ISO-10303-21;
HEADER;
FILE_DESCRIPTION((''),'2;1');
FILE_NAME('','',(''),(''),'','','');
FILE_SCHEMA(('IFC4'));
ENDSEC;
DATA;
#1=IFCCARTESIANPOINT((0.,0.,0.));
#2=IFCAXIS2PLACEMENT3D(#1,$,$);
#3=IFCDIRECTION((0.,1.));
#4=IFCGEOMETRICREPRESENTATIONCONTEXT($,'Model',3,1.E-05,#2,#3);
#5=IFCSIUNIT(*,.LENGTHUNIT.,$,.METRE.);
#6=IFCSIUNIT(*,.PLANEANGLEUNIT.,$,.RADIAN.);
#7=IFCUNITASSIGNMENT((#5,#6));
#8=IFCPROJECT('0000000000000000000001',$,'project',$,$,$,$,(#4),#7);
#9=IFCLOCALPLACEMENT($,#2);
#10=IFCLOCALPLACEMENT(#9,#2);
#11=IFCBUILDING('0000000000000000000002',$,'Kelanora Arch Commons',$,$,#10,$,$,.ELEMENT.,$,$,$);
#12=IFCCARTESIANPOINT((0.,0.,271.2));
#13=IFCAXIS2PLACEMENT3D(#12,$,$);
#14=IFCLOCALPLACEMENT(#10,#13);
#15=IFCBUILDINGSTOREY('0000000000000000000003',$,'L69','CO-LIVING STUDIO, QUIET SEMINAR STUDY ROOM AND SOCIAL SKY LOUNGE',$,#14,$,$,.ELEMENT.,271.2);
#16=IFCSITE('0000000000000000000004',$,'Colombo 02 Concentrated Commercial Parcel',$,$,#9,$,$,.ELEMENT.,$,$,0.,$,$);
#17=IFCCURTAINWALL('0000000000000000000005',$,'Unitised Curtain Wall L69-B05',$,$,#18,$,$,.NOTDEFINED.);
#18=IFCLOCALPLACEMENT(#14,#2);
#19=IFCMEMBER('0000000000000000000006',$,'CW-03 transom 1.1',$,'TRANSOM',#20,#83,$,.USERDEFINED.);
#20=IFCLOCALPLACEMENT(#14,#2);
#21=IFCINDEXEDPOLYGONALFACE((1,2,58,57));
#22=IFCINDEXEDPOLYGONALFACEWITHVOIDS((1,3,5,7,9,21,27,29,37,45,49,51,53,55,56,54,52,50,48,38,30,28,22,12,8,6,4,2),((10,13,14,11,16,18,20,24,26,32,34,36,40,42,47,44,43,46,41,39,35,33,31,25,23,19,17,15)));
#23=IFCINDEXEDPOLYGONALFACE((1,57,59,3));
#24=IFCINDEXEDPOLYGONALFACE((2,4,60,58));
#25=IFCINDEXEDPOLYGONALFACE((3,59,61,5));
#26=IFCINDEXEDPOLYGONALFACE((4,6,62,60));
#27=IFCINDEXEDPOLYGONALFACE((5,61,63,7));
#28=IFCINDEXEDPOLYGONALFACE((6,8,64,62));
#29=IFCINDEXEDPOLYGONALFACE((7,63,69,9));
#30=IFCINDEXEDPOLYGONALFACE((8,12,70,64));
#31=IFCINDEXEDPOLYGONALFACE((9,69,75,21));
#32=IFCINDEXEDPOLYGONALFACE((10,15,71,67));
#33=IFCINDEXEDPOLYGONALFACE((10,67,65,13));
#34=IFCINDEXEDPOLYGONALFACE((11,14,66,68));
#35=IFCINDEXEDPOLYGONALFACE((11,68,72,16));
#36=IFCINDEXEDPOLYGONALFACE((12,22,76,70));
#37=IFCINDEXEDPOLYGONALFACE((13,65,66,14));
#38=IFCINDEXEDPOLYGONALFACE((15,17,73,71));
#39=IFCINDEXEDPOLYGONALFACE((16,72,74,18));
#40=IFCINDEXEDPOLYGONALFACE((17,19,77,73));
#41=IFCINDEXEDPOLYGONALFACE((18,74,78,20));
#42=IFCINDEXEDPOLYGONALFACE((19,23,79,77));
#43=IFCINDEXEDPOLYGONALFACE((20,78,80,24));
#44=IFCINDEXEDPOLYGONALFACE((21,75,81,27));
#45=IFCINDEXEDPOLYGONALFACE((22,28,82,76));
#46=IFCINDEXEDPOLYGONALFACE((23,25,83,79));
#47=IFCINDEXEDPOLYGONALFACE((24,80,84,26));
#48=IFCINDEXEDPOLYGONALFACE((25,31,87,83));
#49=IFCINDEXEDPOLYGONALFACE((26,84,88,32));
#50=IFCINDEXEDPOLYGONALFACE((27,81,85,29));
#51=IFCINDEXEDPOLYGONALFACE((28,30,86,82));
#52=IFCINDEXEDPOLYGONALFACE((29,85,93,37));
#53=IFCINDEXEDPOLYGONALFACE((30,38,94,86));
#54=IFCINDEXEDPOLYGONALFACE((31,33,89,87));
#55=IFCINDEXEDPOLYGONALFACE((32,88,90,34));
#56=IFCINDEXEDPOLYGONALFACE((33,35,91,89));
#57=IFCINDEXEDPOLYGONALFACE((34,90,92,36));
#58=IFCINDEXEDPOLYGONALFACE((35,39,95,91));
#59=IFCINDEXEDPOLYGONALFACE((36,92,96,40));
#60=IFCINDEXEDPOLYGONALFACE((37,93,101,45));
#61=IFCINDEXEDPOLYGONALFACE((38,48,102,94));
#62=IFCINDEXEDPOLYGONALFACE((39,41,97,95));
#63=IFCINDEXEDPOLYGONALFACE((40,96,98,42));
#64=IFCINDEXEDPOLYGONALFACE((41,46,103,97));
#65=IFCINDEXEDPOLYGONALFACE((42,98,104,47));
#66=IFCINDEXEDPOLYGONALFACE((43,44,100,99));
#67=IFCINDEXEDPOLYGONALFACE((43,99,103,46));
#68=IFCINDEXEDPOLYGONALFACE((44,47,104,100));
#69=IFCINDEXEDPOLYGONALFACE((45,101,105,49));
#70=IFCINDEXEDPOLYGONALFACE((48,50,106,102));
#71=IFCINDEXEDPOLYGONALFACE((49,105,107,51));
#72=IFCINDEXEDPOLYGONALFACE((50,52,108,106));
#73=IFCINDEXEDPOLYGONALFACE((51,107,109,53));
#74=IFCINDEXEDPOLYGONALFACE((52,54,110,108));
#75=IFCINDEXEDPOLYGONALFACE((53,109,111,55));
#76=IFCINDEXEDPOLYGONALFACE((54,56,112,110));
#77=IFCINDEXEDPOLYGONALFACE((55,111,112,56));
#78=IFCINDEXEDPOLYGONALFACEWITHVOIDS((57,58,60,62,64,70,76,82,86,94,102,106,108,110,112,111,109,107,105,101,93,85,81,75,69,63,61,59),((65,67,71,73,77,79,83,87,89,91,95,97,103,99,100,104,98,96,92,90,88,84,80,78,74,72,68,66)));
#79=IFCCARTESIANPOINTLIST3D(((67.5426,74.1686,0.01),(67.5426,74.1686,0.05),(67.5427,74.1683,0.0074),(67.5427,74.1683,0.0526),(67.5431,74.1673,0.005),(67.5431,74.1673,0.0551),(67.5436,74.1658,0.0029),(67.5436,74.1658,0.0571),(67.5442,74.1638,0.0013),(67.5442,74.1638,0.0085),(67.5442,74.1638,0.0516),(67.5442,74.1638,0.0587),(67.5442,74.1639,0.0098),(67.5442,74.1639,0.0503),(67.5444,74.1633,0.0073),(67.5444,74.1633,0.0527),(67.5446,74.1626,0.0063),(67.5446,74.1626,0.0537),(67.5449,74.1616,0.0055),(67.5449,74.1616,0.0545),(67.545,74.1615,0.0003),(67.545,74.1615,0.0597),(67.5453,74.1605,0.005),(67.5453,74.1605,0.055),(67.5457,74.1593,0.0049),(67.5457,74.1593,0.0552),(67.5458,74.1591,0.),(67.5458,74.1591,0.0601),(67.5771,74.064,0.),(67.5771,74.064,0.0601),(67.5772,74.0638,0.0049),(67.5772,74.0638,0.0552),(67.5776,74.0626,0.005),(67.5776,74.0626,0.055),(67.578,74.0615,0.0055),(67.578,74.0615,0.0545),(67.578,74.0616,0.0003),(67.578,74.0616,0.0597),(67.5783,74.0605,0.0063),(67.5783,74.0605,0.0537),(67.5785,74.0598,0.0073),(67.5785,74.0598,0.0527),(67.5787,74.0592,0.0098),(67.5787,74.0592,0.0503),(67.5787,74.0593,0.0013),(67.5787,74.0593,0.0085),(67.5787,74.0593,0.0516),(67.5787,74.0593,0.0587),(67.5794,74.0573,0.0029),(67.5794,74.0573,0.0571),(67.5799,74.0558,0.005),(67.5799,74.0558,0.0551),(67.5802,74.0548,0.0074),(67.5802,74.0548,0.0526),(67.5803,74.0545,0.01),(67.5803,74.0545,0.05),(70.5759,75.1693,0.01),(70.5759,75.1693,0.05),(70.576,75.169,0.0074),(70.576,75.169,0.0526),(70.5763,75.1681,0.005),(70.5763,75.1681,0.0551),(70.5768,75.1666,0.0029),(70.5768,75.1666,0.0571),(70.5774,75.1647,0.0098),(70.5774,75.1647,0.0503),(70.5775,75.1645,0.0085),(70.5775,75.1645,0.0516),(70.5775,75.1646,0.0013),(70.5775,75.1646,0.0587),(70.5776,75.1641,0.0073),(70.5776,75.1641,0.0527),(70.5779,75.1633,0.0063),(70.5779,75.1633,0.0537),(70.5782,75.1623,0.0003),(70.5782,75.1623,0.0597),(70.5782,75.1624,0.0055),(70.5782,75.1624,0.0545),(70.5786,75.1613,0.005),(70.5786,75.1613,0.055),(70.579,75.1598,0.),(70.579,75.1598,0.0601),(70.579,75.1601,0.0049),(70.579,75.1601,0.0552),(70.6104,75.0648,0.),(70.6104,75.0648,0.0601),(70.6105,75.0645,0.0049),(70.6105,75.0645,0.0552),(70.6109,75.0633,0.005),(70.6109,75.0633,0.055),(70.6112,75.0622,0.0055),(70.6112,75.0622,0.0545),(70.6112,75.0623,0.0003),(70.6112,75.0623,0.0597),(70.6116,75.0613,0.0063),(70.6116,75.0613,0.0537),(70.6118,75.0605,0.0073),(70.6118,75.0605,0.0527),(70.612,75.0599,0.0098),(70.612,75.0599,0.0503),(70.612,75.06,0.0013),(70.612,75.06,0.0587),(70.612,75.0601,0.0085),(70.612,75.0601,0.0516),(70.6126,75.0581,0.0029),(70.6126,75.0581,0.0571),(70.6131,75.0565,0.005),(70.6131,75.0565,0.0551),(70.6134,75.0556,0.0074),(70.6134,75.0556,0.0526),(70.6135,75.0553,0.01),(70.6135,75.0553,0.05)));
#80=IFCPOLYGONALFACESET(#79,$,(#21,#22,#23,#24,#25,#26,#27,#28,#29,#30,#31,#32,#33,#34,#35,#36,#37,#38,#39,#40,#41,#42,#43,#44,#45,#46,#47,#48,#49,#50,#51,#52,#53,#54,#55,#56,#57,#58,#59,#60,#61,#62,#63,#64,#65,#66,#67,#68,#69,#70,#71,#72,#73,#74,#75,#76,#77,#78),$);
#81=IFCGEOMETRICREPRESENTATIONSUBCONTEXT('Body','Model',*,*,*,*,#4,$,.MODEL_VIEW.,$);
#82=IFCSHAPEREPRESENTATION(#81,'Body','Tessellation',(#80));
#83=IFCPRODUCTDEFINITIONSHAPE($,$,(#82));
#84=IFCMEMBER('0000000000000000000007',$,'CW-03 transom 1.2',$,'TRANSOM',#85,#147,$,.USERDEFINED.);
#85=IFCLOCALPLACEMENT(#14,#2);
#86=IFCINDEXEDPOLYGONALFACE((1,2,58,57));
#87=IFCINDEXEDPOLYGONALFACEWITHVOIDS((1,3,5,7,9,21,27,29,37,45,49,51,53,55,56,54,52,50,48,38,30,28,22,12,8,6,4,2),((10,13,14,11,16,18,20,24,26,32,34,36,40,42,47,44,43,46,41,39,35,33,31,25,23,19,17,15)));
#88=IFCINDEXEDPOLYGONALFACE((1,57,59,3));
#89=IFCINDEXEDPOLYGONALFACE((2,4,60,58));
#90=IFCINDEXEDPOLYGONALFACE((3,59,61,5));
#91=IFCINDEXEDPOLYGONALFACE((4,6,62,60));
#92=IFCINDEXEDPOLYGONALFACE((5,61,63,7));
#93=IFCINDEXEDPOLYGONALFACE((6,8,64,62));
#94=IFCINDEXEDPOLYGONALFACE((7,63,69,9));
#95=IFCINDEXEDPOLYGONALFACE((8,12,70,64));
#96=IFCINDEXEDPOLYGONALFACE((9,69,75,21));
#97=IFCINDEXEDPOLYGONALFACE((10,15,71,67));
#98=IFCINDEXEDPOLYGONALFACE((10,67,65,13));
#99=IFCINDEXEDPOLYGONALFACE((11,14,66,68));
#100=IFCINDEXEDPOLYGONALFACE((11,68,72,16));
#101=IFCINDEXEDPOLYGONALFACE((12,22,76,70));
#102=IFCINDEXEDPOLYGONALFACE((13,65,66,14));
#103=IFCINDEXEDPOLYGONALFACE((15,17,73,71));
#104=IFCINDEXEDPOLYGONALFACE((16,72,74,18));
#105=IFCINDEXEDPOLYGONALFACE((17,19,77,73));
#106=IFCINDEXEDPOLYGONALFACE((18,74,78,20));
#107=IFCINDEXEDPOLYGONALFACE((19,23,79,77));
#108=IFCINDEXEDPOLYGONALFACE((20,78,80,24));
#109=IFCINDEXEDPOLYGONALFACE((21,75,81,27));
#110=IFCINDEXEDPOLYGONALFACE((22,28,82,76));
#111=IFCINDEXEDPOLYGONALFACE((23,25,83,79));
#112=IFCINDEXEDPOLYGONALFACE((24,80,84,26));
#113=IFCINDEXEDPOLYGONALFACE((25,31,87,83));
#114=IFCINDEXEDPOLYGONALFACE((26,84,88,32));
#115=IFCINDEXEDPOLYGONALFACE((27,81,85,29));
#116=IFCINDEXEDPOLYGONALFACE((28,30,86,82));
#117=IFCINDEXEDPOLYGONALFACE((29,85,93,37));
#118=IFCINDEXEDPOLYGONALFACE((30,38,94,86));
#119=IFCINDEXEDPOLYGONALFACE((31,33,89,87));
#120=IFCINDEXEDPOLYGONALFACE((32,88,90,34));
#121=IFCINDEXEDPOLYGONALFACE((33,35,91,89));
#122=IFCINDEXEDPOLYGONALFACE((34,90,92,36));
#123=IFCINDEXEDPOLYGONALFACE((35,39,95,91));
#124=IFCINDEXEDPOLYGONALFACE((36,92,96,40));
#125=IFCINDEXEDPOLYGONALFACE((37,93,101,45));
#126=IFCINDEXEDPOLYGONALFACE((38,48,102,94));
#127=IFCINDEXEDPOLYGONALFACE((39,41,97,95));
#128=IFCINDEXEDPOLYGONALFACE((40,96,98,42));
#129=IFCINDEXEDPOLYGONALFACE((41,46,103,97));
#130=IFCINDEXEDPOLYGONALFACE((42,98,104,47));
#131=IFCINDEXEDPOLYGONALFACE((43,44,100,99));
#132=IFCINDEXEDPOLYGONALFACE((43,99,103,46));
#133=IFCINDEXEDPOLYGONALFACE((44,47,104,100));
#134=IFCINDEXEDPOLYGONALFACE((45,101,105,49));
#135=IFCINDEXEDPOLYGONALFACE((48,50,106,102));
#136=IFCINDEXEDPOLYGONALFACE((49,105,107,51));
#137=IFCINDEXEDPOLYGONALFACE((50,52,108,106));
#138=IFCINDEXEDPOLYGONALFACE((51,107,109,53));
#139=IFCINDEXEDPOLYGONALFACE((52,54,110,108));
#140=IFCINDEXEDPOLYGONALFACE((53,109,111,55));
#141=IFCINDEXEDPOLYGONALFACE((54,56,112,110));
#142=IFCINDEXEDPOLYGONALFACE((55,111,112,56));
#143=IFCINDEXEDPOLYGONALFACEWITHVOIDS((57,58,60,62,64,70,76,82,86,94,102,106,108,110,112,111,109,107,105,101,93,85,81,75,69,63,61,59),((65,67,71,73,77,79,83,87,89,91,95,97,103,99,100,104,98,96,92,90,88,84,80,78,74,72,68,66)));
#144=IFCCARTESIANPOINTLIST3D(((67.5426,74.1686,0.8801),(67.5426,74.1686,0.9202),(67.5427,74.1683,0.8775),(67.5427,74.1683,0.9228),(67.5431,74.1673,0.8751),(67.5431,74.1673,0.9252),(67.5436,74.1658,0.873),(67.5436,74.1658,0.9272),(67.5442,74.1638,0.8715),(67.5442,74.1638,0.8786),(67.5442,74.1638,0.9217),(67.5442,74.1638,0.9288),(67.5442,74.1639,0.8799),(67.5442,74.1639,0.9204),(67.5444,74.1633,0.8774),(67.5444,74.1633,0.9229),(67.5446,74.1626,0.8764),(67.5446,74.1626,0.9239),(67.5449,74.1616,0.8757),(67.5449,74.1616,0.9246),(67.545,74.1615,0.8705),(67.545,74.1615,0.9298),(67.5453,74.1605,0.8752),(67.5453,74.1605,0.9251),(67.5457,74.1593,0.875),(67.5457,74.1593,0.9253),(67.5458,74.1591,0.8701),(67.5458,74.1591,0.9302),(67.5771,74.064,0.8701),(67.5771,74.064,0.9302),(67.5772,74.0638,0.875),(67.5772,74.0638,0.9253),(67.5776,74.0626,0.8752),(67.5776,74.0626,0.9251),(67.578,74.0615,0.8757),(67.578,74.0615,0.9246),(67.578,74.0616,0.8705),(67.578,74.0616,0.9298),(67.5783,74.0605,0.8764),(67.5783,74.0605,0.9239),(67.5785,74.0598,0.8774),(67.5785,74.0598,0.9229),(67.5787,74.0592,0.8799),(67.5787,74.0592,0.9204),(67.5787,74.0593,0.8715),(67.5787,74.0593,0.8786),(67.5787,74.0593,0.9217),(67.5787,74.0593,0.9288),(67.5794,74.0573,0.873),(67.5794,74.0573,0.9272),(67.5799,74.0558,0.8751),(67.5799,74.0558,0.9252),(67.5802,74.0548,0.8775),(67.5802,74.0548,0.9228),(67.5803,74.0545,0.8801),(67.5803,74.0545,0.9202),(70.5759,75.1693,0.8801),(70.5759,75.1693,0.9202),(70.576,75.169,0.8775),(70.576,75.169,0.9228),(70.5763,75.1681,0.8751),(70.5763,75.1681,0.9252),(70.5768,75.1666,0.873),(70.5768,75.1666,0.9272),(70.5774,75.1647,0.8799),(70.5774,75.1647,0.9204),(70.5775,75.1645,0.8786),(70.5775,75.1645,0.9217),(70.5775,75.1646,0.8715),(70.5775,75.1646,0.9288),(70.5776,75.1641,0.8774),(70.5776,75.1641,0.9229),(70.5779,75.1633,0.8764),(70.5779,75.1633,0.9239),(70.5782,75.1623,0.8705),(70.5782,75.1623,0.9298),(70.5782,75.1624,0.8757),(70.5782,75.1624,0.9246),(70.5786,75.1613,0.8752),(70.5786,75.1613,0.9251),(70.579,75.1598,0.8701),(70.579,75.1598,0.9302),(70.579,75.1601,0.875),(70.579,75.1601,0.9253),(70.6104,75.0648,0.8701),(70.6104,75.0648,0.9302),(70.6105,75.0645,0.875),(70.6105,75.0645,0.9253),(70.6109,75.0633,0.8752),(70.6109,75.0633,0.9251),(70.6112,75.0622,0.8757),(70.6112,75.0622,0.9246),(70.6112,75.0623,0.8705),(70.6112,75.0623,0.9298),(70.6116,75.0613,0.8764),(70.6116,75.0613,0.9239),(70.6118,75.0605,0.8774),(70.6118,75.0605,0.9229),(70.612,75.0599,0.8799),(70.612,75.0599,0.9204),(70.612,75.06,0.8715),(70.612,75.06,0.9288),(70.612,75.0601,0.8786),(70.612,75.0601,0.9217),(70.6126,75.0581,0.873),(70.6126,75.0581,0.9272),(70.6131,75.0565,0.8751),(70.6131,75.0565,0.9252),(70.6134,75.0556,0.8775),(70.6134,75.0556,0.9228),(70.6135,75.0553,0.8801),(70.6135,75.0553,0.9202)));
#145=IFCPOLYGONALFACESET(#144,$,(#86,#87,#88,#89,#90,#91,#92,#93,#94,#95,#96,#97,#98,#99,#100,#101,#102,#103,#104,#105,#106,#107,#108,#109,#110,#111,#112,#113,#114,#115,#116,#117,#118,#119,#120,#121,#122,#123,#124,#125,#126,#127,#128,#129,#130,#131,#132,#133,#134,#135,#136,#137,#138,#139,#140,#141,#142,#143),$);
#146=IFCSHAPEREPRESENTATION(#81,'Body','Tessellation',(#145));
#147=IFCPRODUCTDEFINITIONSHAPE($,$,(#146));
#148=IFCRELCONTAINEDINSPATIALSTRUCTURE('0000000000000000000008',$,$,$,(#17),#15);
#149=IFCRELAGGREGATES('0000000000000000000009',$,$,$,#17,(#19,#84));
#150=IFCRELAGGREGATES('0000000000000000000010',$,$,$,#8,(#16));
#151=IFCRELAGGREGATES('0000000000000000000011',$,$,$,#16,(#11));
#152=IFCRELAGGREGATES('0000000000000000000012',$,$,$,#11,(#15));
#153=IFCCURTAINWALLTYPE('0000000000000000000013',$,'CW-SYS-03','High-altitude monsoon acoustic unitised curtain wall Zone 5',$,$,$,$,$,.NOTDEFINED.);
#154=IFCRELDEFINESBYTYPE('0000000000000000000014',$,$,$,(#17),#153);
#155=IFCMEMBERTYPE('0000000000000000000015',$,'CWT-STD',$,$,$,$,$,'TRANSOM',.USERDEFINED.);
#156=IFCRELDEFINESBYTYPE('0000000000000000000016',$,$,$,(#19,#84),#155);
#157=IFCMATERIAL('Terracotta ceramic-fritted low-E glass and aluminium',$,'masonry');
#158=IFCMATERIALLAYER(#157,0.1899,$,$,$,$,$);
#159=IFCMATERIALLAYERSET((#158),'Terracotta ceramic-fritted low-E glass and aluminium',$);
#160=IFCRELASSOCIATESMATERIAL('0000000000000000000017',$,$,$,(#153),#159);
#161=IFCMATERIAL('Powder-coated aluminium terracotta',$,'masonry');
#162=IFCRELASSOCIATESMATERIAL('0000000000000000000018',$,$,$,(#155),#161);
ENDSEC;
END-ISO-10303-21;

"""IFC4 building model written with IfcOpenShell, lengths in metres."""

from ifc_helpers import new_model, si_unit, direction, frame, origin, origin_2d, place, context, subcontext, project, spatial, hollow_rectangle, extrude, material, layer, layer_set, material_profile, profile_set, type_object, element, aggregate, save


model = new_model("IFC4")

# Units and contexts
model_context = context("Model", 3, precision=1e-05, world=origin(), true_north=direction((0.0, 1.0)))
body_context = subcontext(model_context, "Body", "Model", "MODEL_VIEW")
ifc_project = project(units=[si_unit("LENGTHUNIT", "METRE"), si_unit("PLANEANGLEUNIT", "RADIAN")], contexts=[model_context])

# Site, building, storey
site_placement = place(None, origin())
site = spatial("IfcSite", under=ifc_project, at=site_placement, Name="Colombo 02 Concentrated Commercial Parcel", CompositionType="ELEMENT", RefElevation=0.0)
building_placement = place(site_placement, origin())
building = spatial("IfcBuilding", under=site, at=building_placement, Name="Kelanora Arch Commons", CompositionType="ELEMENT")
storey_placement = place(building_placement, frame((0.0, 0.0, 271.2)))
storey = spatial("IfcBuildingStorey", under=building, at=storey_placement, Name="L69", Description="CO-LIVING STUDIO, QUIET SEMINAR STUDY ROOM AND SOCIAL SKY LOUNGE", CompositionType="ELEMENT", Elevation=271.2)

# Curtain wall, members
ifc_material_1 = material(Name="Terracotta ceramic-fritted low-E glass and aluminium", Category="masonry")
ifc_layer_1 = layer(ifc_material_1, 0.1899)
ifc_layer_set_1 = layer_set([ifc_layer_1], Name="Terracotta ceramic-fritted low-E glass and aluminium")
curtain_wall_type = type_object("IfcCurtainWallType", Name="CW-SYS-03", Description="High-altitude monsoon acoustic unitised curtain wall Zone 5", PredefinedType="NOTDEFINED", material=ifc_layer_set_1)
curtain_wall_placement = place(storey_placement, origin())
curtain_wall = element("IfcCurtainWall", 1, at=curtain_wall_placement, inside=storey, type_object=curtain_wall_type, Name="Unitised Curtain Wall L69-B05", PredefinedType="NOTDEFINED")
ifc_material_2 = material(Name="Powder-coated aluminium terracotta", Category="masonry")
ifc_material_profile_1 = material_profile(ifc_material_2, hollow_rectangle(XDim=0.1201, YDim=0.0601, WallThickness=0.0049, InnerFilletRadius=0.0049, OuterFilletRadius=0.01, at=origin_2d()), Name="CWT120x60")
ifc_profile_set_1 = profile_set([ifc_material_profile_1], Name="Powder-coated aluminium terracotta")
member_type_1 = type_object("IfcMemberType", Name="CWT-STD", ElementType="TRANSOM", PredefinedType="USERDEFINED", material=ifc_profile_set_1)
member_1_placement = place(storey_placement, frame((70.5947, 75.1123, 0.03), z_axis=(-0.94965, -0.313314, 0.0), x_axis=(0.313314, -0.94965, 0.0)))
member_1 = element("IfcMember", 2, at=member_1_placement, type_object=member_type_1, Name="CW-03 transom 1.1", ObjectType="TRANSOM", PredefinedType="USERDEFINED", context=body_context, shape_type="SweptSolid", body=[
    extrude(hollow_rectangle(XDim=0.1201, YDim=0.0601, WallThickness=0.0049, InnerFilletRadius=0.0049, OuterFilletRadius=0.01, at=origin_2d()), origin(), (0.0, 0.0, 1.0), 3.1941),
])
member_2_placement = place(storey_placement, frame((70.5947, 75.1123, 0.9001), z_axis=(-0.94965, -0.313314, 0.0), x_axis=(0.313314, -0.94965, 0.0)))
member_2 = element("IfcMember", 3, at=member_2_placement, type_object=member_type_1, Name="CW-03 transom 1.2", ObjectType="TRANSOM", PredefinedType="USERDEFINED", context=body_context, shape_type="SweptSolid", body=[
    extrude(hollow_rectangle(XDim=0.1201, YDim=0.0601, WallThickness=0.0049, InnerFilletRadius=0.0049, OuterFilletRadius=0.01, at=origin_2d()), origin(), (0.0, 0.0, 1.0), 3.1941),
])
aggregate(curtain_wall, [member_1, member_2])

save(model, "model.ifc")
